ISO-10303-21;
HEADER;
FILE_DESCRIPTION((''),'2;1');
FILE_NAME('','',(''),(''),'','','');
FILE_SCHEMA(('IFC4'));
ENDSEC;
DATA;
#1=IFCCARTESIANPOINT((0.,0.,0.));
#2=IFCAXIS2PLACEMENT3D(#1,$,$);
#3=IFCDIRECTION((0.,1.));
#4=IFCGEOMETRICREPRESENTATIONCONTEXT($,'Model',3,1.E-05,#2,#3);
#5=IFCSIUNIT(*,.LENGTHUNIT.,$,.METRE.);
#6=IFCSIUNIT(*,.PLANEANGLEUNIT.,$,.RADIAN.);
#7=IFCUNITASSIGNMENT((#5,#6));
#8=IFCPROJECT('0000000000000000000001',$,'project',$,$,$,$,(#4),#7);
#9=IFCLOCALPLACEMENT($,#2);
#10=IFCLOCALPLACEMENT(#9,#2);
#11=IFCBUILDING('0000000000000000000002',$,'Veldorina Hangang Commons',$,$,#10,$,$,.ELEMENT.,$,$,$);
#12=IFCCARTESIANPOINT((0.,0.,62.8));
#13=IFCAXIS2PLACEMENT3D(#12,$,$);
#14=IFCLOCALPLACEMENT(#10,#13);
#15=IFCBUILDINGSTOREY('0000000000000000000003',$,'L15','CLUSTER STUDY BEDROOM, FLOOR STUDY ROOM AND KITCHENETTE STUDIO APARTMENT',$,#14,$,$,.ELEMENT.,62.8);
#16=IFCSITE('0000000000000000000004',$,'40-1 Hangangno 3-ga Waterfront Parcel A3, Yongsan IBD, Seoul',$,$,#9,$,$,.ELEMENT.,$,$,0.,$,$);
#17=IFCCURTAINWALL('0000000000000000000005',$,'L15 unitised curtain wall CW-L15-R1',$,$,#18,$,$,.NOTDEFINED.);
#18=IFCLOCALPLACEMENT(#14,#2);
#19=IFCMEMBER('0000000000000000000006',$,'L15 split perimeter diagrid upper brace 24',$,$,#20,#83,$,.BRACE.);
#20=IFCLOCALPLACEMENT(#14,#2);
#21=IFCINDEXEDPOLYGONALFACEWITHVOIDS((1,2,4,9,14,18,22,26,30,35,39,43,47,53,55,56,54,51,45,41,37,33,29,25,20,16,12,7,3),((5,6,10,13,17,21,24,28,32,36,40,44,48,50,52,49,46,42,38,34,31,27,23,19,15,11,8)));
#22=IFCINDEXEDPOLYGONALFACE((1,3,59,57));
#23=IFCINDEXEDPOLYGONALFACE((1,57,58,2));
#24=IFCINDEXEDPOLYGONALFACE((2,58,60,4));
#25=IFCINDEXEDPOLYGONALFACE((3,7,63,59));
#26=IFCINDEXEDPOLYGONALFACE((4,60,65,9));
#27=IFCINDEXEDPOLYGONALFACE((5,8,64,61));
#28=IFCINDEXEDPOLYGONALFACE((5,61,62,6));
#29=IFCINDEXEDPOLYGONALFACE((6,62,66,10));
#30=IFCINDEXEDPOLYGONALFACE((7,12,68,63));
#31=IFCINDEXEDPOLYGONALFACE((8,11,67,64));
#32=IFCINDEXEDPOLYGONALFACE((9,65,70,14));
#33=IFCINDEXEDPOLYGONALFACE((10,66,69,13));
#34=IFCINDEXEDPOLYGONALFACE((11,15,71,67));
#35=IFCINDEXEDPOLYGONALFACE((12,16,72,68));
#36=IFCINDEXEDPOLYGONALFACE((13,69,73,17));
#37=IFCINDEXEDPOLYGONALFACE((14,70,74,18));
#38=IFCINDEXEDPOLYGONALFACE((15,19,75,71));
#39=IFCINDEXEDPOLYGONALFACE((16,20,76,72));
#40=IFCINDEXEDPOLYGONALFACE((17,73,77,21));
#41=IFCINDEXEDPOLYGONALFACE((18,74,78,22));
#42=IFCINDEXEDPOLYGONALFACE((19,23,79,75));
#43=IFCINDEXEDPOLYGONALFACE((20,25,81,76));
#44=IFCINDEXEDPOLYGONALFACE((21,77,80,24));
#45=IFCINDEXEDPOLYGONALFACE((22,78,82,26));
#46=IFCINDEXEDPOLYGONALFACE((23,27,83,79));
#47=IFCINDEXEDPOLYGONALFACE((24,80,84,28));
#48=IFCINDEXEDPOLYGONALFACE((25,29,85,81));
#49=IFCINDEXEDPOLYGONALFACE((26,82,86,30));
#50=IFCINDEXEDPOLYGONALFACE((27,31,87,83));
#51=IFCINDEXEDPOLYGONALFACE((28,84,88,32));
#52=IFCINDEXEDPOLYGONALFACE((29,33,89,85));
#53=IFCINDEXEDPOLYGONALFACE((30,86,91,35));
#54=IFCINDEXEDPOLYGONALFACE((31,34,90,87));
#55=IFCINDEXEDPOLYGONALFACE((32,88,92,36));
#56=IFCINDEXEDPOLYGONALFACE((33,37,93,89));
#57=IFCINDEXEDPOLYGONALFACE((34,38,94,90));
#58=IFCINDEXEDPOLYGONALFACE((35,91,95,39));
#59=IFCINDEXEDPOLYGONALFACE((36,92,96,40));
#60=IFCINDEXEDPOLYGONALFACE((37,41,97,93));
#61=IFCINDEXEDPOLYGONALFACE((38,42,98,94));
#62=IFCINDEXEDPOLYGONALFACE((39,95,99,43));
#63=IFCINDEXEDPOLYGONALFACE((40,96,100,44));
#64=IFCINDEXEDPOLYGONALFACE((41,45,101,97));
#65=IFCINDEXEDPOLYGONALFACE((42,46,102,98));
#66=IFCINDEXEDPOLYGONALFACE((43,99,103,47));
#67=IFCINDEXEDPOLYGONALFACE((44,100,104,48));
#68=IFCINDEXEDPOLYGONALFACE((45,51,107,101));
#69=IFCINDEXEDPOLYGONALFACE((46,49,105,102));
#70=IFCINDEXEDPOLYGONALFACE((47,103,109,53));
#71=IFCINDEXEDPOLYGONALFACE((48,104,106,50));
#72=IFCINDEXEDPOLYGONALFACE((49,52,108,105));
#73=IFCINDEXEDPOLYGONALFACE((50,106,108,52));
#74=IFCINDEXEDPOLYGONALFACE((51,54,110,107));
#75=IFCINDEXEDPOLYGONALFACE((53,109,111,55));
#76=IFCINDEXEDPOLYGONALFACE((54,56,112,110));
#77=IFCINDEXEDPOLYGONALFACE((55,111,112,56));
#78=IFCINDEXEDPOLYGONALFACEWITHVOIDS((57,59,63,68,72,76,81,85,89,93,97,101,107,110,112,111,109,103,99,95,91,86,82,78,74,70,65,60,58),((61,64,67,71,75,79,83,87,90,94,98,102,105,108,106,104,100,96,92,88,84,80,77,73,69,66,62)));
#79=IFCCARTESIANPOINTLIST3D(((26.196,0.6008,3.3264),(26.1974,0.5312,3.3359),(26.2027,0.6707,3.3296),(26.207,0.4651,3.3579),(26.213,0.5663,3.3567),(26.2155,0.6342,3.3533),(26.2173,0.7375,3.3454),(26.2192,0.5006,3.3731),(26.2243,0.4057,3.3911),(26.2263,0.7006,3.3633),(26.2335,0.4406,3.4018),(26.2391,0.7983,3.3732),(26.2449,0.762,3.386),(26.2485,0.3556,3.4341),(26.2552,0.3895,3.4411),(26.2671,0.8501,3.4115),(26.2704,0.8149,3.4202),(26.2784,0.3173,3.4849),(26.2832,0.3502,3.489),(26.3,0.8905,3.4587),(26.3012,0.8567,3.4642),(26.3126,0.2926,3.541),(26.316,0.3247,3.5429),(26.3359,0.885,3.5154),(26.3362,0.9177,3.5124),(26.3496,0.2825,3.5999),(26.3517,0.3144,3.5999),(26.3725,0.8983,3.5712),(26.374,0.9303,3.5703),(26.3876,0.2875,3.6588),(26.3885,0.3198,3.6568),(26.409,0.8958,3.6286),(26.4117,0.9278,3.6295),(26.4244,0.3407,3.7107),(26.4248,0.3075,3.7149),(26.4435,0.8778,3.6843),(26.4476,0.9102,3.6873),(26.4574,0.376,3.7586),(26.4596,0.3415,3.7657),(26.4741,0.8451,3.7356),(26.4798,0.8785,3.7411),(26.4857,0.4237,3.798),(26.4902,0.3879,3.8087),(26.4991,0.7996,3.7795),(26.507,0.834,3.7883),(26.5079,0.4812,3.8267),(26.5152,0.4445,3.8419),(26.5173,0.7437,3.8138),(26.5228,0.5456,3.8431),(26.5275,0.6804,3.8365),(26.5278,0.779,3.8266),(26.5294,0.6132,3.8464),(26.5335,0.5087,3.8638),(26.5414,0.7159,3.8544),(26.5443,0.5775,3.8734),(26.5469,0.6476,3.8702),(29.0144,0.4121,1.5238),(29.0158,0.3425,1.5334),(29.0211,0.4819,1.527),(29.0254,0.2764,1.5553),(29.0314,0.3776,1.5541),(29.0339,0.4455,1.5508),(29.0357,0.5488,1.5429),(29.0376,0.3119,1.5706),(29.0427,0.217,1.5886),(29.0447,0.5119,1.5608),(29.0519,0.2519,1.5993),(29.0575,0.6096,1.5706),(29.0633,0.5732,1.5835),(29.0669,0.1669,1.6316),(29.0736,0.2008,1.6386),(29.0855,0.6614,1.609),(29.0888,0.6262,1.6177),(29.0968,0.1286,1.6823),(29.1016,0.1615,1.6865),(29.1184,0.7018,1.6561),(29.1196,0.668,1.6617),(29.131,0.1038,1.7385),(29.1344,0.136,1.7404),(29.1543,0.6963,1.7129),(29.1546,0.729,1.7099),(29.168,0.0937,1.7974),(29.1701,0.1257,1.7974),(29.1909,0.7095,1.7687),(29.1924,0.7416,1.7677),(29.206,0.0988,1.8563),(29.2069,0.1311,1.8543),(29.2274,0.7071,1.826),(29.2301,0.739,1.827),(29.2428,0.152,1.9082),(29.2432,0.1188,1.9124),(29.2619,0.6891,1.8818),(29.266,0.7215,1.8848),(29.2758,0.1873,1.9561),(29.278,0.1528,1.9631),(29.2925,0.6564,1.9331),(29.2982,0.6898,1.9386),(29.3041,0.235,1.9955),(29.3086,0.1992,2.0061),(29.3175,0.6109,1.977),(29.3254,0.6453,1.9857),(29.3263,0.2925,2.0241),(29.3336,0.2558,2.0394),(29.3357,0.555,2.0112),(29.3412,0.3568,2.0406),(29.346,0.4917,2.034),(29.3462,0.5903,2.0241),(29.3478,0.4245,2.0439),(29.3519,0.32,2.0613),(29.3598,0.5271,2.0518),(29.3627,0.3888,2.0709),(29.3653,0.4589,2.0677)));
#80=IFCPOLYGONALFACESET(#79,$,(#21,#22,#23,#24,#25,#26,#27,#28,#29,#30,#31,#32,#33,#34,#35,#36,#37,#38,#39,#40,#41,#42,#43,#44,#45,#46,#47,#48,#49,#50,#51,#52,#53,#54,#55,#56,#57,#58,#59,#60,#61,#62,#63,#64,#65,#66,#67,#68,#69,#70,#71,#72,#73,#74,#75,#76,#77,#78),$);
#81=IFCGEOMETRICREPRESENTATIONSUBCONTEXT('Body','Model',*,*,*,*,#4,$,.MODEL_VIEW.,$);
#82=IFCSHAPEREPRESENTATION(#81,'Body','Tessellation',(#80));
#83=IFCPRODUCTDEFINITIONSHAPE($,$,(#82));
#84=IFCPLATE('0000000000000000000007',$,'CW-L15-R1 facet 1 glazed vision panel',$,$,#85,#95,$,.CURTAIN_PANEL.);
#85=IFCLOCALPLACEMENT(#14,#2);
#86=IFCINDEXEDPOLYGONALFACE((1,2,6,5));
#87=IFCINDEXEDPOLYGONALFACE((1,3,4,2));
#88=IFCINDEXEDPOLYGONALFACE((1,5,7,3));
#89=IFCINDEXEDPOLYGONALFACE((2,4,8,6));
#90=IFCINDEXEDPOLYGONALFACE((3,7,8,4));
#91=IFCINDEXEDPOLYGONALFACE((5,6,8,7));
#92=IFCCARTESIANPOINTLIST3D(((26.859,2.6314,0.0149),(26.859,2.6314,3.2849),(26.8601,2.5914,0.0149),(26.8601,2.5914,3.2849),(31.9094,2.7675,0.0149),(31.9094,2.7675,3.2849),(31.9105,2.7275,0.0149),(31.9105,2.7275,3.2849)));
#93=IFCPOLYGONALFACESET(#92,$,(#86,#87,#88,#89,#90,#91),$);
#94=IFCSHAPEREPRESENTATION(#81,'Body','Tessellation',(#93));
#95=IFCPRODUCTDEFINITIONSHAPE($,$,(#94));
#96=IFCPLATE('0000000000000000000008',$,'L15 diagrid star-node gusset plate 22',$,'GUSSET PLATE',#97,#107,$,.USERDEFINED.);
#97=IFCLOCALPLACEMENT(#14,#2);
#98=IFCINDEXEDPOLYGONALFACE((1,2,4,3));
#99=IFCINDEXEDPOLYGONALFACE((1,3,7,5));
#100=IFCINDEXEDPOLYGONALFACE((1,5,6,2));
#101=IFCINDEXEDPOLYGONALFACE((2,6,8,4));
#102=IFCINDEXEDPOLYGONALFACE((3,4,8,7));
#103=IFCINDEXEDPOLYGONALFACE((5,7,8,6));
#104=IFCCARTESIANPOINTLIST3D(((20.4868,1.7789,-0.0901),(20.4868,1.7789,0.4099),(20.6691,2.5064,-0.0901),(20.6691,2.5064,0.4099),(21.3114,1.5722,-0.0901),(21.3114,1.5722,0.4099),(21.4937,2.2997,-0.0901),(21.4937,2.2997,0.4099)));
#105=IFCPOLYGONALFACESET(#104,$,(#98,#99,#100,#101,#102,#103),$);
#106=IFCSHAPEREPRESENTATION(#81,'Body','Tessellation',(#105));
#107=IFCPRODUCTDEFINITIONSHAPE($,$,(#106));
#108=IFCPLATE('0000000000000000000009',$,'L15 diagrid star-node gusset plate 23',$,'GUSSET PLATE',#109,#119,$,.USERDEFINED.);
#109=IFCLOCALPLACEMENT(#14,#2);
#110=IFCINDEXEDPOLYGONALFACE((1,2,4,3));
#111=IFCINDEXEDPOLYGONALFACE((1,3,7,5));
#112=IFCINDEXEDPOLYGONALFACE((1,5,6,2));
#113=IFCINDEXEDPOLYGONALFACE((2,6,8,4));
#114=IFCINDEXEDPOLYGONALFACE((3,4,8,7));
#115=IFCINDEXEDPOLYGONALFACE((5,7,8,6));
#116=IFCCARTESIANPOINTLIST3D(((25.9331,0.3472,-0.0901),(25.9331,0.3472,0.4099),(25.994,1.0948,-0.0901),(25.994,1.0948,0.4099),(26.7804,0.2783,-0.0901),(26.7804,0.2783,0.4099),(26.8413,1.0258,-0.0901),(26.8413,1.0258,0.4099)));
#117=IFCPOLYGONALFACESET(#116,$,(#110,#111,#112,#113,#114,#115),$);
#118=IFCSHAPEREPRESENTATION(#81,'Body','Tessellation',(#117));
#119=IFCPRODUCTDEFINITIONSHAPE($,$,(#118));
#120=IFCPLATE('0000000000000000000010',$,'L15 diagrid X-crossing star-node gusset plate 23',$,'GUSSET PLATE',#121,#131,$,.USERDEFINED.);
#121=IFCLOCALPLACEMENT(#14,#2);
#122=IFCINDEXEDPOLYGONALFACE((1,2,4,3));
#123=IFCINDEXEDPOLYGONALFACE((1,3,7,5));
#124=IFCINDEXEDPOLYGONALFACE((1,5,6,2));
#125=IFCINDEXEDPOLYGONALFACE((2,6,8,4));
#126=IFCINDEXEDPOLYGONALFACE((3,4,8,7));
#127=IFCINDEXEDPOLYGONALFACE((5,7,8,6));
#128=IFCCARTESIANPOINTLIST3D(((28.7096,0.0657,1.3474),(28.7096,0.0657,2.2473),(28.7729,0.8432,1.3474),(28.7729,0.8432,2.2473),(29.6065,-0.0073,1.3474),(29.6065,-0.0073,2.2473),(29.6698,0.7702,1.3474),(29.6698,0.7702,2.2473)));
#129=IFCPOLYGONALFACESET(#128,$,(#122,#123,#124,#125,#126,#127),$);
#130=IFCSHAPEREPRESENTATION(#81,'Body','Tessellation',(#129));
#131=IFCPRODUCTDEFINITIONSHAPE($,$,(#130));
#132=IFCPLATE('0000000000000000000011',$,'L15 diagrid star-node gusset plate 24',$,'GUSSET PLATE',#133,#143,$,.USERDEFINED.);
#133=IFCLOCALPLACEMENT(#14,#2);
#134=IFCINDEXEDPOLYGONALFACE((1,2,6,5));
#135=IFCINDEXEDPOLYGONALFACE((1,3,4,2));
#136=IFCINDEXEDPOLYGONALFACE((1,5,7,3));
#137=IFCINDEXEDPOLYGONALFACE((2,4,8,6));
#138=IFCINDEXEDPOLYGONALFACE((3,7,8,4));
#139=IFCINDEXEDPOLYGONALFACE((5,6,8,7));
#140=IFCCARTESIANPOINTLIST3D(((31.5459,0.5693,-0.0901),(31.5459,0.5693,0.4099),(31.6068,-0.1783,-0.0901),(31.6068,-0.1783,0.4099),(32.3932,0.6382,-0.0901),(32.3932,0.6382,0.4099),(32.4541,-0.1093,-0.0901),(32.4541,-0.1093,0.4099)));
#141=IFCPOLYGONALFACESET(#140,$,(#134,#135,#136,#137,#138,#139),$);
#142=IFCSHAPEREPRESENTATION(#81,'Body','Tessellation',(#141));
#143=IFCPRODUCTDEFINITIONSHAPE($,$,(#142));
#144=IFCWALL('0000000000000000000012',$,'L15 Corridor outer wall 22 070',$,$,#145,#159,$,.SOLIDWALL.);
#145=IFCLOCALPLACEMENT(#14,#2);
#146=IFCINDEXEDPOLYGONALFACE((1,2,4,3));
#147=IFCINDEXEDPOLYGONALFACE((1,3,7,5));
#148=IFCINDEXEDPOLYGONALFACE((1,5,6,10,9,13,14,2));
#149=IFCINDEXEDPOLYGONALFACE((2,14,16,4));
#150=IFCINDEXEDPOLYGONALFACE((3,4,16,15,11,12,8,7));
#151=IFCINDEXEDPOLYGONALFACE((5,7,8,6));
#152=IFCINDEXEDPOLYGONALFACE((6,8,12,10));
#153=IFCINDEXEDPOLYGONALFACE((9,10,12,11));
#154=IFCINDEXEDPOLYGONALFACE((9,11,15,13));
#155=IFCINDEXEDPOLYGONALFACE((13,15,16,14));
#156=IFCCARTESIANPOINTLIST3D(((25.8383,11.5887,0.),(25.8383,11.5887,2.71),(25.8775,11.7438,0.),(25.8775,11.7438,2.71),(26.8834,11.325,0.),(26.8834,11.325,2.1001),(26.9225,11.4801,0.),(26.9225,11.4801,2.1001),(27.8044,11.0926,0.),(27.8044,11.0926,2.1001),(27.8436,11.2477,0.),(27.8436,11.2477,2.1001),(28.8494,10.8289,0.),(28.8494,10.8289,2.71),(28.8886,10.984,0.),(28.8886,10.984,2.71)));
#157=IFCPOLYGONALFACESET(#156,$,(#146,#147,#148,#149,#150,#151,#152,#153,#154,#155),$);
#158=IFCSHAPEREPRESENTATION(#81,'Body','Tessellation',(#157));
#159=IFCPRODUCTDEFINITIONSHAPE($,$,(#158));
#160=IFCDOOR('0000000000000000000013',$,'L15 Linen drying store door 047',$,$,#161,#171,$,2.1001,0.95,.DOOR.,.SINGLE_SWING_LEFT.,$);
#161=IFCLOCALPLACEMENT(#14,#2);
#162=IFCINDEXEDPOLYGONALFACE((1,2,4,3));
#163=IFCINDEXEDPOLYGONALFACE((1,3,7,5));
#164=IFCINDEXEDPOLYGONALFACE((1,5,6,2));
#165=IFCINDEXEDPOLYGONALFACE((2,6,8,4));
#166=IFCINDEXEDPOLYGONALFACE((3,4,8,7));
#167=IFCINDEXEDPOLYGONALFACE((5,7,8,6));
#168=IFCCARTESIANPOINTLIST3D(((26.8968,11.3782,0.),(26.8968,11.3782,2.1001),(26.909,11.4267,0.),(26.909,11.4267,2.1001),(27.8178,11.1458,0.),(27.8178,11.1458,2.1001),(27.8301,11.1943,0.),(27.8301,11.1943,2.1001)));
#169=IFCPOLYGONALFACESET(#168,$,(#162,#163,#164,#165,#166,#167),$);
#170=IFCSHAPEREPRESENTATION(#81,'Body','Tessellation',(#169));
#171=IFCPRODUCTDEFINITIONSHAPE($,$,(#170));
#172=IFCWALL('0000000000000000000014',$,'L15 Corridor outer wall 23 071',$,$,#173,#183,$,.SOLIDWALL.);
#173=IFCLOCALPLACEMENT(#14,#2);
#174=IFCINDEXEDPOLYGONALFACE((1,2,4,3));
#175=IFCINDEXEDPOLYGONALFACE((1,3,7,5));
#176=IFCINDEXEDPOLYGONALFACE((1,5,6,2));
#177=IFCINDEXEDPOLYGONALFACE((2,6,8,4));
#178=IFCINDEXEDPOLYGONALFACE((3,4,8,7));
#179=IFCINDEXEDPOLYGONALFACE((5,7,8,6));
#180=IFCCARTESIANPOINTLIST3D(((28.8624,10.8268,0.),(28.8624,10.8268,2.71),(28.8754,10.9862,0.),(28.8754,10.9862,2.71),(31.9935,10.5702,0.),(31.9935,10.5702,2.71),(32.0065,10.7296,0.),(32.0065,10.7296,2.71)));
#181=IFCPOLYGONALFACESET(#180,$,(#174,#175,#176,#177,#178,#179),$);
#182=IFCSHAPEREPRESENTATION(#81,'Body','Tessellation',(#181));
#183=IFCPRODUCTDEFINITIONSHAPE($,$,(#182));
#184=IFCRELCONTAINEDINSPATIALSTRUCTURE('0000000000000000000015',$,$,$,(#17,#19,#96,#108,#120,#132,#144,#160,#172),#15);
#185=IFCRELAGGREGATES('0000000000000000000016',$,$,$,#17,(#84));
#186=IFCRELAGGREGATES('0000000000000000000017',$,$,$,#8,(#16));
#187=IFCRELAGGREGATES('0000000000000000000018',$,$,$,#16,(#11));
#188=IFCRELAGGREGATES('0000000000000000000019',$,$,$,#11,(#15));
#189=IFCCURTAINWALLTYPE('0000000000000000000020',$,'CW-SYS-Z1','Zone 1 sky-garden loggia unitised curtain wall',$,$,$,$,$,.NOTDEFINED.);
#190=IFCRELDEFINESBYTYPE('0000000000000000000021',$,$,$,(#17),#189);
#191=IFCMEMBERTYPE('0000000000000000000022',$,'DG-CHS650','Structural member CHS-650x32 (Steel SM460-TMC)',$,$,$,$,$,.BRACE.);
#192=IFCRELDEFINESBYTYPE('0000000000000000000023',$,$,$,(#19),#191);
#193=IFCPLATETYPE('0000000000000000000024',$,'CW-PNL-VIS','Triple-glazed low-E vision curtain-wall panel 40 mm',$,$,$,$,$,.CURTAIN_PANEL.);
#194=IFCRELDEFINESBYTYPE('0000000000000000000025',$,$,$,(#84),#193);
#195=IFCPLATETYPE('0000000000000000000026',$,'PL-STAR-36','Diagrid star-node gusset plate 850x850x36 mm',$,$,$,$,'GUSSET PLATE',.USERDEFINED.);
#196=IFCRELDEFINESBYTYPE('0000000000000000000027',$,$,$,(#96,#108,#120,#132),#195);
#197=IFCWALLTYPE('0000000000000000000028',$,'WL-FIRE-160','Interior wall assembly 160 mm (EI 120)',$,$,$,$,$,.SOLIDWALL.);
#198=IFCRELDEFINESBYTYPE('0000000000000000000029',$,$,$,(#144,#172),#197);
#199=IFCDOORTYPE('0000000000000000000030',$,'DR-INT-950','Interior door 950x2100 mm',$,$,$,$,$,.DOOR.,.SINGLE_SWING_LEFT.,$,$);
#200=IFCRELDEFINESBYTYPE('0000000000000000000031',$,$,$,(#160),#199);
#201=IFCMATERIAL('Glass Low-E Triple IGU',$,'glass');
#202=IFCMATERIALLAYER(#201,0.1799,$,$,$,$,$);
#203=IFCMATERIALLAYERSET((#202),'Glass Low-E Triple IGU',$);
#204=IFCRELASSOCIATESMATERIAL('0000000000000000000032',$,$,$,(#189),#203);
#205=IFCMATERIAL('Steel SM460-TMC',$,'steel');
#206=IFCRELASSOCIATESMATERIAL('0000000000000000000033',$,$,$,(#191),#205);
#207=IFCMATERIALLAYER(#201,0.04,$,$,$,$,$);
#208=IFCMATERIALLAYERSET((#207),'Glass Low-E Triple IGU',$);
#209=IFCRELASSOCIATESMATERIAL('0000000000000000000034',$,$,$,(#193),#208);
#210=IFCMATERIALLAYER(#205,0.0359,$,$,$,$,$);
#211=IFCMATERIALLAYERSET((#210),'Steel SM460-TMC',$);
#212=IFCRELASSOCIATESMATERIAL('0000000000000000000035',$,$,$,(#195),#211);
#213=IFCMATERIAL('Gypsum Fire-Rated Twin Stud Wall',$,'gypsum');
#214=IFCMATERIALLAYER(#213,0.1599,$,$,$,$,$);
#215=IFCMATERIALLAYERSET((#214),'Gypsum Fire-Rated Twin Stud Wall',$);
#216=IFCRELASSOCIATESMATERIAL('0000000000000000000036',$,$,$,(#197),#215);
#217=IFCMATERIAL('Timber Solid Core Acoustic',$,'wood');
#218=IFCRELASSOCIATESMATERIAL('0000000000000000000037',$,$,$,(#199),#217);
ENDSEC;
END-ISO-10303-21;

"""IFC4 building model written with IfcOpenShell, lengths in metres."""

from ifc_helpers import new_model, si_unit, direction, frame, frame_2d, origin, origin_2d, place, context, subcontext, project, spatial, rectangle, hollow_circle, extrude, material, layer, layer_set, material_profile, profile_set, type_object, element, fill, aggregate, save


model = new_model("IFC4")

# Units and contexts
model_context = context("Model", 3, precision=1e-05, world=origin(), true_north=direction((0.0, 1.0)))
body_context = subcontext(model_context, "Body", "Model", "MODEL_VIEW")
ifc_project = project(units=[si_unit("LENGTHUNIT", "METRE"), si_unit("PLANEANGLEUNIT", "RADIAN")], contexts=[model_context])

# Site, building, storey
site_placement = place(None, origin())
site = spatial("IfcSite", under=ifc_project, at=site_placement, Name="40-1 Hangangno 3-ga Waterfront Parcel A3, Yongsan IBD, Seoul", CompositionType="ELEMENT", RefElevation=0.0)
building_placement = place(site_placement, origin())
building = spatial("IfcBuilding", under=site, at=building_placement, Name="Veldorina Hangang Commons", CompositionType="ELEMENT")
storey_placement = place(building_placement, frame((0.0, 0.0, 62.8)))
storey = spatial("IfcBuildingStorey", under=building, at=storey_placement, Name="L15", Description="CLUSTER STUDY BEDROOM, FLOOR STUDY ROOM AND KITCHENETTE STUDIO APARTMENT", CompositionType="ELEMENT", Elevation=62.8)

# Curtain wall
ifc_material_1 = material(Name="Glass Low-E Triple IGU", Category="glass")
ifc_layer_1 = layer(ifc_material_1, 0.1799)
ifc_layer_set_1 = layer_set([ifc_layer_1], Name="Glass Low-E Triple IGU")
curtain_wall_type = type_object("IfcCurtainWallType", Name="CW-SYS-Z1", Description="Zone 1 sky-garden loggia unitised curtain wall", PredefinedType="NOTDEFINED", material=ifc_layer_set_1)
curtain_wall_placement = place(storey_placement, origin())
curtain_wall = element("IfcCurtainWall", 1, at=curtain_wall_placement, inside=storey, type_object=curtain_wall_type, Name="L15 unitised curtain wall CW-L15-R1", PredefinedType="NOTDEFINED")

# Member
ifc_material_2 = material(Name="Steel SM460-TMC", Category="steel")
ifc_material_profile_1 = material_profile(ifc_material_2, hollow_circle(Radius=0.325, WallThickness=0.032, at=origin_2d()), Name="CHS-650x32")
ifc_profile_set_1 = profile_set([ifc_material_profile_1], Name="Steel SM460-TMC")
member_type_1 = type_object("IfcMemberType", Name="DG-CHS650", Description="Structural member CHS-650x32 (Steel SM460-TMC)", PredefinedType="BRACE", material=ifc_profile_set_1)
member_1_placement = place(storey_placement, frame((29.1897, 0.418, 1.7974), z_axis=(-0.841105, 0.056321, 0.537931), x_axis=(-0.066812, -0.997766, 0.0)))
element("IfcMember", 2, at=member_1_placement, inside=storey, type_object=member_type_1, Name="L15 split perimeter diagrid upper brace 24", PredefinedType="BRACE", context=body_context, shape_type="SweptSolid", body=[
    extrude(hollow_circle(Radius=0.325, WallThickness=0.032, at=origin_2d()), origin(), (0.0, 0.0, 1.0), 3.3508),
])

# Plate
ifc_layer_2 = layer(ifc_material_1, 0.04)
ifc_layer_set_2 = layer_set([ifc_layer_2], Name="Glass Low-E Triple IGU")
plate_type_1 = type_object("IfcPlateType", Name="CW-PNL-VIS", Description="Triple-glazed low-E vision curtain-wall panel 40 mm", PredefinedType="CURTAIN_PANEL", material=ifc_layer_set_2)
plate_1_placement = place(storey_placement, frame((29.3848, 2.6794, 0.0149), z_axis=(0.0, 0.0, 1.0), x_axis=(0.999637, 0.026927, 0.0)))
plate_1 = element("IfcPlate", 3, at=plate_1_placement, type_object=plate_type_1, Name="CW-L15-R1 facet 1 glazed vision panel", PredefinedType="CURTAIN_PANEL", context=body_context, shape_type="SweptSolid", body=[
    extrude(rectangle(XDim=5.0522, YDim=0.04, at=origin_2d()), origin(), (0.0, 0.0, 1.0), 3.27),
])
aggregate(curtain_wall, [plate_1])

# Plates
ifc_layer_3 = layer(ifc_material_2, 0.0359)
ifc_layer_set_3 = layer_set([ifc_layer_3], Name="Steel SM460-TMC")
plate_type_2 = type_object("IfcPlateType", Name="PL-STAR-36", Description="Diagrid star-node gusset plate 850x850x36 mm", ElementType="GUSSET PLATE", PredefinedType="USERDEFINED", material=ifc_layer_set_3)
for number, where, z_axis, x_axis, name in (
    (4, (20.9902, 2.0393, -0.0901), (0.0, 0.0, 1.0), (0.969995, -0.243124, 0.0), "L15 diagrid star-node gusset plate 22"),
    (5, (26.3872, 0.6865, -0.0901), (0.0, 0.0, 1.0), (0.996706, -0.081104, 0.0), "L15 diagrid star-node gusset plate 23"),
):
    element("IfcPlate", number, at=place(storey_placement, frame(where, z_axis=z_axis, x_axis=x_axis)), inside=storey, type_object=plate_type_2, Name=name, ObjectType="GUSSET PLATE", PredefinedType="USERDEFINED", context=body_context, shape_type="SweptSolid", body=[
        extrude(rectangle(XDim=0.8501, YDim=0.75, at=origin_2d()), origin(), (0.0, 0.0, 1.0), 0.5),
    ])
plate_2_placement = place(storey_placement, frame((29.1897, 0.418, 1.3474), z_axis=(0.0, 0.0, 1.0), x_axis=(0.996706, -0.081104, 0.0)))
element("IfcPlate", 6, at=plate_2_placement, inside=storey, type_object=plate_type_2, Name="L15 diagrid X-crossing star-node gusset plate 23", ObjectType="GUSSET PLATE", PredefinedType="USERDEFINED", context=body_context, shape_type="SweptSolid", body=[
    extrude(rectangle(XDim=0.8999, YDim=0.78, at=origin_2d()), origin(), (0.0, 0.0, 1.0), 0.8999),
])
plate_3_placement = place(storey_placement, frame((32.0, 0.23, -0.0901), z_axis=(0.0, 0.0, 1.0), x_axis=(0.996706, 0.081104, 0.0)))
element("IfcPlate", 7, at=plate_3_placement, inside=storey, type_object=plate_type_2, Name="L15 diagrid star-node gusset plate 24", ObjectType="GUSSET PLATE", PredefinedType="USERDEFINED", context=body_context, shape_type="SweptSolid", body=[
    extrude(rectangle(XDim=0.8501, YDim=0.75, at=origin_2d()), origin(), (0.0, 0.0, 1.0), 0.5),
])

# Wall, opening, door
ifc_material_3 = material(Name="Gypsum Fire-Rated Twin Stud Wall", Category="gypsum")
ifc_layer_4 = layer(ifc_material_3, 0.1599)
ifc_layer_set_4 = layer_set([ifc_layer_4], Name="Gypsum Fire-Rated Twin Stud Wall")
wall_type_1 = type_object("IfcWallType", Name="WL-FIRE-160", Description="Interior wall assembly 160 mm (EI 120)", PredefinedType="SOLIDWALL", material=ifc_layer_set_4)
wall_1_placement = place(storey_placement, frame((25.8579, 11.6663, 0.0), z_axis=(0.0, 0.0, 1.0), x_axis=(0.969608, -0.244662, 0.0)))
wall_1 = element("IfcWall", 8, at=wall_1_placement, inside=storey, type_object=wall_type_1, Name="L15 Corridor outer wall 22 070", PredefinedType="SOLIDWALL", context=body_context, shape_type="SweptSolid", body=[
    extrude(rectangle(XDim=3.1055, YDim=0.1599, at=frame_2d((1.5527, 0.0))), origin(), (0.0, 0.0, 1.0), 2.71),
])
opening_1_placement = place(wall_1_placement, frame((1.0776, 0.0, 0.0)))
opening_1 = element("IfcOpeningElement", 9, at=opening_1_placement, cuts=wall_1, PredefinedType="OPENING", context=body_context, shape_type="SweptSolid", body=[
    extrude(rectangle(XDim=0.95, YDim=2.1001, at=frame_2d((0.4751, 1.05))), frame((0.0, 0.0898, 0.0), z_axis=(0.0, -1.0, 0.0), x_axis=(1.0, 0.0, 0.0)), (0.0, 0.0, 1.0), 0.1799),
])
ifc_material_4 = material(Name="Timber Solid Core Acoustic", Category="wood")
door_type_1 = type_object("IfcDoorType", Name="DR-INT-950", Description="Interior door 950x2100 mm", OperationType="SINGLE_SWING_LEFT", PredefinedType="DOOR", material=ifc_material_4)
door_1_placement = place(opening_1_placement, origin())
door_1 = element("IfcDoor", 10, at=door_1_placement, inside=storey, type_object=door_type_1, Name="L15 Linen drying store door 047", OperationType="SINGLE_SWING_LEFT", OverallHeight=2.1001, OverallWidth=0.95, PredefinedType="DOOR", context=body_context, shape_type="SweptSolid", body=[
    extrude(rectangle(XDim=0.95, YDim=2.1001, at=frame_2d((0.4751, 1.05))), frame((0.0, 0.0249, 0.0), z_axis=(0.0, -1.0, 0.0), x_axis=(1.0, 0.0, 0.0)), (0.0, 0.0, 1.0), 0.05),
])
fill(opening_1, door_1)

# Wall
wall_2_placement = place(storey_placement, frame((28.8689, 10.9065, 0.0), z_axis=(0.0, 0.0, 1.0), x_axis=(0.996659, -0.081676, 0.0)))
element("IfcWall", 11, at=wall_2_placement, inside=storey, type_object=wall_type_1, Name="L15 Corridor outer wall 23 071", PredefinedType="SOLIDWALL", context=body_context, shape_type="SweptSolid", body=[
    extrude(rectangle(XDim=3.1416, YDim=0.1599, at=frame_2d((1.5708, 0.0))), origin(), (0.0, 0.0, 1.0), 2.71),
])

save(model, "model.ifc")
